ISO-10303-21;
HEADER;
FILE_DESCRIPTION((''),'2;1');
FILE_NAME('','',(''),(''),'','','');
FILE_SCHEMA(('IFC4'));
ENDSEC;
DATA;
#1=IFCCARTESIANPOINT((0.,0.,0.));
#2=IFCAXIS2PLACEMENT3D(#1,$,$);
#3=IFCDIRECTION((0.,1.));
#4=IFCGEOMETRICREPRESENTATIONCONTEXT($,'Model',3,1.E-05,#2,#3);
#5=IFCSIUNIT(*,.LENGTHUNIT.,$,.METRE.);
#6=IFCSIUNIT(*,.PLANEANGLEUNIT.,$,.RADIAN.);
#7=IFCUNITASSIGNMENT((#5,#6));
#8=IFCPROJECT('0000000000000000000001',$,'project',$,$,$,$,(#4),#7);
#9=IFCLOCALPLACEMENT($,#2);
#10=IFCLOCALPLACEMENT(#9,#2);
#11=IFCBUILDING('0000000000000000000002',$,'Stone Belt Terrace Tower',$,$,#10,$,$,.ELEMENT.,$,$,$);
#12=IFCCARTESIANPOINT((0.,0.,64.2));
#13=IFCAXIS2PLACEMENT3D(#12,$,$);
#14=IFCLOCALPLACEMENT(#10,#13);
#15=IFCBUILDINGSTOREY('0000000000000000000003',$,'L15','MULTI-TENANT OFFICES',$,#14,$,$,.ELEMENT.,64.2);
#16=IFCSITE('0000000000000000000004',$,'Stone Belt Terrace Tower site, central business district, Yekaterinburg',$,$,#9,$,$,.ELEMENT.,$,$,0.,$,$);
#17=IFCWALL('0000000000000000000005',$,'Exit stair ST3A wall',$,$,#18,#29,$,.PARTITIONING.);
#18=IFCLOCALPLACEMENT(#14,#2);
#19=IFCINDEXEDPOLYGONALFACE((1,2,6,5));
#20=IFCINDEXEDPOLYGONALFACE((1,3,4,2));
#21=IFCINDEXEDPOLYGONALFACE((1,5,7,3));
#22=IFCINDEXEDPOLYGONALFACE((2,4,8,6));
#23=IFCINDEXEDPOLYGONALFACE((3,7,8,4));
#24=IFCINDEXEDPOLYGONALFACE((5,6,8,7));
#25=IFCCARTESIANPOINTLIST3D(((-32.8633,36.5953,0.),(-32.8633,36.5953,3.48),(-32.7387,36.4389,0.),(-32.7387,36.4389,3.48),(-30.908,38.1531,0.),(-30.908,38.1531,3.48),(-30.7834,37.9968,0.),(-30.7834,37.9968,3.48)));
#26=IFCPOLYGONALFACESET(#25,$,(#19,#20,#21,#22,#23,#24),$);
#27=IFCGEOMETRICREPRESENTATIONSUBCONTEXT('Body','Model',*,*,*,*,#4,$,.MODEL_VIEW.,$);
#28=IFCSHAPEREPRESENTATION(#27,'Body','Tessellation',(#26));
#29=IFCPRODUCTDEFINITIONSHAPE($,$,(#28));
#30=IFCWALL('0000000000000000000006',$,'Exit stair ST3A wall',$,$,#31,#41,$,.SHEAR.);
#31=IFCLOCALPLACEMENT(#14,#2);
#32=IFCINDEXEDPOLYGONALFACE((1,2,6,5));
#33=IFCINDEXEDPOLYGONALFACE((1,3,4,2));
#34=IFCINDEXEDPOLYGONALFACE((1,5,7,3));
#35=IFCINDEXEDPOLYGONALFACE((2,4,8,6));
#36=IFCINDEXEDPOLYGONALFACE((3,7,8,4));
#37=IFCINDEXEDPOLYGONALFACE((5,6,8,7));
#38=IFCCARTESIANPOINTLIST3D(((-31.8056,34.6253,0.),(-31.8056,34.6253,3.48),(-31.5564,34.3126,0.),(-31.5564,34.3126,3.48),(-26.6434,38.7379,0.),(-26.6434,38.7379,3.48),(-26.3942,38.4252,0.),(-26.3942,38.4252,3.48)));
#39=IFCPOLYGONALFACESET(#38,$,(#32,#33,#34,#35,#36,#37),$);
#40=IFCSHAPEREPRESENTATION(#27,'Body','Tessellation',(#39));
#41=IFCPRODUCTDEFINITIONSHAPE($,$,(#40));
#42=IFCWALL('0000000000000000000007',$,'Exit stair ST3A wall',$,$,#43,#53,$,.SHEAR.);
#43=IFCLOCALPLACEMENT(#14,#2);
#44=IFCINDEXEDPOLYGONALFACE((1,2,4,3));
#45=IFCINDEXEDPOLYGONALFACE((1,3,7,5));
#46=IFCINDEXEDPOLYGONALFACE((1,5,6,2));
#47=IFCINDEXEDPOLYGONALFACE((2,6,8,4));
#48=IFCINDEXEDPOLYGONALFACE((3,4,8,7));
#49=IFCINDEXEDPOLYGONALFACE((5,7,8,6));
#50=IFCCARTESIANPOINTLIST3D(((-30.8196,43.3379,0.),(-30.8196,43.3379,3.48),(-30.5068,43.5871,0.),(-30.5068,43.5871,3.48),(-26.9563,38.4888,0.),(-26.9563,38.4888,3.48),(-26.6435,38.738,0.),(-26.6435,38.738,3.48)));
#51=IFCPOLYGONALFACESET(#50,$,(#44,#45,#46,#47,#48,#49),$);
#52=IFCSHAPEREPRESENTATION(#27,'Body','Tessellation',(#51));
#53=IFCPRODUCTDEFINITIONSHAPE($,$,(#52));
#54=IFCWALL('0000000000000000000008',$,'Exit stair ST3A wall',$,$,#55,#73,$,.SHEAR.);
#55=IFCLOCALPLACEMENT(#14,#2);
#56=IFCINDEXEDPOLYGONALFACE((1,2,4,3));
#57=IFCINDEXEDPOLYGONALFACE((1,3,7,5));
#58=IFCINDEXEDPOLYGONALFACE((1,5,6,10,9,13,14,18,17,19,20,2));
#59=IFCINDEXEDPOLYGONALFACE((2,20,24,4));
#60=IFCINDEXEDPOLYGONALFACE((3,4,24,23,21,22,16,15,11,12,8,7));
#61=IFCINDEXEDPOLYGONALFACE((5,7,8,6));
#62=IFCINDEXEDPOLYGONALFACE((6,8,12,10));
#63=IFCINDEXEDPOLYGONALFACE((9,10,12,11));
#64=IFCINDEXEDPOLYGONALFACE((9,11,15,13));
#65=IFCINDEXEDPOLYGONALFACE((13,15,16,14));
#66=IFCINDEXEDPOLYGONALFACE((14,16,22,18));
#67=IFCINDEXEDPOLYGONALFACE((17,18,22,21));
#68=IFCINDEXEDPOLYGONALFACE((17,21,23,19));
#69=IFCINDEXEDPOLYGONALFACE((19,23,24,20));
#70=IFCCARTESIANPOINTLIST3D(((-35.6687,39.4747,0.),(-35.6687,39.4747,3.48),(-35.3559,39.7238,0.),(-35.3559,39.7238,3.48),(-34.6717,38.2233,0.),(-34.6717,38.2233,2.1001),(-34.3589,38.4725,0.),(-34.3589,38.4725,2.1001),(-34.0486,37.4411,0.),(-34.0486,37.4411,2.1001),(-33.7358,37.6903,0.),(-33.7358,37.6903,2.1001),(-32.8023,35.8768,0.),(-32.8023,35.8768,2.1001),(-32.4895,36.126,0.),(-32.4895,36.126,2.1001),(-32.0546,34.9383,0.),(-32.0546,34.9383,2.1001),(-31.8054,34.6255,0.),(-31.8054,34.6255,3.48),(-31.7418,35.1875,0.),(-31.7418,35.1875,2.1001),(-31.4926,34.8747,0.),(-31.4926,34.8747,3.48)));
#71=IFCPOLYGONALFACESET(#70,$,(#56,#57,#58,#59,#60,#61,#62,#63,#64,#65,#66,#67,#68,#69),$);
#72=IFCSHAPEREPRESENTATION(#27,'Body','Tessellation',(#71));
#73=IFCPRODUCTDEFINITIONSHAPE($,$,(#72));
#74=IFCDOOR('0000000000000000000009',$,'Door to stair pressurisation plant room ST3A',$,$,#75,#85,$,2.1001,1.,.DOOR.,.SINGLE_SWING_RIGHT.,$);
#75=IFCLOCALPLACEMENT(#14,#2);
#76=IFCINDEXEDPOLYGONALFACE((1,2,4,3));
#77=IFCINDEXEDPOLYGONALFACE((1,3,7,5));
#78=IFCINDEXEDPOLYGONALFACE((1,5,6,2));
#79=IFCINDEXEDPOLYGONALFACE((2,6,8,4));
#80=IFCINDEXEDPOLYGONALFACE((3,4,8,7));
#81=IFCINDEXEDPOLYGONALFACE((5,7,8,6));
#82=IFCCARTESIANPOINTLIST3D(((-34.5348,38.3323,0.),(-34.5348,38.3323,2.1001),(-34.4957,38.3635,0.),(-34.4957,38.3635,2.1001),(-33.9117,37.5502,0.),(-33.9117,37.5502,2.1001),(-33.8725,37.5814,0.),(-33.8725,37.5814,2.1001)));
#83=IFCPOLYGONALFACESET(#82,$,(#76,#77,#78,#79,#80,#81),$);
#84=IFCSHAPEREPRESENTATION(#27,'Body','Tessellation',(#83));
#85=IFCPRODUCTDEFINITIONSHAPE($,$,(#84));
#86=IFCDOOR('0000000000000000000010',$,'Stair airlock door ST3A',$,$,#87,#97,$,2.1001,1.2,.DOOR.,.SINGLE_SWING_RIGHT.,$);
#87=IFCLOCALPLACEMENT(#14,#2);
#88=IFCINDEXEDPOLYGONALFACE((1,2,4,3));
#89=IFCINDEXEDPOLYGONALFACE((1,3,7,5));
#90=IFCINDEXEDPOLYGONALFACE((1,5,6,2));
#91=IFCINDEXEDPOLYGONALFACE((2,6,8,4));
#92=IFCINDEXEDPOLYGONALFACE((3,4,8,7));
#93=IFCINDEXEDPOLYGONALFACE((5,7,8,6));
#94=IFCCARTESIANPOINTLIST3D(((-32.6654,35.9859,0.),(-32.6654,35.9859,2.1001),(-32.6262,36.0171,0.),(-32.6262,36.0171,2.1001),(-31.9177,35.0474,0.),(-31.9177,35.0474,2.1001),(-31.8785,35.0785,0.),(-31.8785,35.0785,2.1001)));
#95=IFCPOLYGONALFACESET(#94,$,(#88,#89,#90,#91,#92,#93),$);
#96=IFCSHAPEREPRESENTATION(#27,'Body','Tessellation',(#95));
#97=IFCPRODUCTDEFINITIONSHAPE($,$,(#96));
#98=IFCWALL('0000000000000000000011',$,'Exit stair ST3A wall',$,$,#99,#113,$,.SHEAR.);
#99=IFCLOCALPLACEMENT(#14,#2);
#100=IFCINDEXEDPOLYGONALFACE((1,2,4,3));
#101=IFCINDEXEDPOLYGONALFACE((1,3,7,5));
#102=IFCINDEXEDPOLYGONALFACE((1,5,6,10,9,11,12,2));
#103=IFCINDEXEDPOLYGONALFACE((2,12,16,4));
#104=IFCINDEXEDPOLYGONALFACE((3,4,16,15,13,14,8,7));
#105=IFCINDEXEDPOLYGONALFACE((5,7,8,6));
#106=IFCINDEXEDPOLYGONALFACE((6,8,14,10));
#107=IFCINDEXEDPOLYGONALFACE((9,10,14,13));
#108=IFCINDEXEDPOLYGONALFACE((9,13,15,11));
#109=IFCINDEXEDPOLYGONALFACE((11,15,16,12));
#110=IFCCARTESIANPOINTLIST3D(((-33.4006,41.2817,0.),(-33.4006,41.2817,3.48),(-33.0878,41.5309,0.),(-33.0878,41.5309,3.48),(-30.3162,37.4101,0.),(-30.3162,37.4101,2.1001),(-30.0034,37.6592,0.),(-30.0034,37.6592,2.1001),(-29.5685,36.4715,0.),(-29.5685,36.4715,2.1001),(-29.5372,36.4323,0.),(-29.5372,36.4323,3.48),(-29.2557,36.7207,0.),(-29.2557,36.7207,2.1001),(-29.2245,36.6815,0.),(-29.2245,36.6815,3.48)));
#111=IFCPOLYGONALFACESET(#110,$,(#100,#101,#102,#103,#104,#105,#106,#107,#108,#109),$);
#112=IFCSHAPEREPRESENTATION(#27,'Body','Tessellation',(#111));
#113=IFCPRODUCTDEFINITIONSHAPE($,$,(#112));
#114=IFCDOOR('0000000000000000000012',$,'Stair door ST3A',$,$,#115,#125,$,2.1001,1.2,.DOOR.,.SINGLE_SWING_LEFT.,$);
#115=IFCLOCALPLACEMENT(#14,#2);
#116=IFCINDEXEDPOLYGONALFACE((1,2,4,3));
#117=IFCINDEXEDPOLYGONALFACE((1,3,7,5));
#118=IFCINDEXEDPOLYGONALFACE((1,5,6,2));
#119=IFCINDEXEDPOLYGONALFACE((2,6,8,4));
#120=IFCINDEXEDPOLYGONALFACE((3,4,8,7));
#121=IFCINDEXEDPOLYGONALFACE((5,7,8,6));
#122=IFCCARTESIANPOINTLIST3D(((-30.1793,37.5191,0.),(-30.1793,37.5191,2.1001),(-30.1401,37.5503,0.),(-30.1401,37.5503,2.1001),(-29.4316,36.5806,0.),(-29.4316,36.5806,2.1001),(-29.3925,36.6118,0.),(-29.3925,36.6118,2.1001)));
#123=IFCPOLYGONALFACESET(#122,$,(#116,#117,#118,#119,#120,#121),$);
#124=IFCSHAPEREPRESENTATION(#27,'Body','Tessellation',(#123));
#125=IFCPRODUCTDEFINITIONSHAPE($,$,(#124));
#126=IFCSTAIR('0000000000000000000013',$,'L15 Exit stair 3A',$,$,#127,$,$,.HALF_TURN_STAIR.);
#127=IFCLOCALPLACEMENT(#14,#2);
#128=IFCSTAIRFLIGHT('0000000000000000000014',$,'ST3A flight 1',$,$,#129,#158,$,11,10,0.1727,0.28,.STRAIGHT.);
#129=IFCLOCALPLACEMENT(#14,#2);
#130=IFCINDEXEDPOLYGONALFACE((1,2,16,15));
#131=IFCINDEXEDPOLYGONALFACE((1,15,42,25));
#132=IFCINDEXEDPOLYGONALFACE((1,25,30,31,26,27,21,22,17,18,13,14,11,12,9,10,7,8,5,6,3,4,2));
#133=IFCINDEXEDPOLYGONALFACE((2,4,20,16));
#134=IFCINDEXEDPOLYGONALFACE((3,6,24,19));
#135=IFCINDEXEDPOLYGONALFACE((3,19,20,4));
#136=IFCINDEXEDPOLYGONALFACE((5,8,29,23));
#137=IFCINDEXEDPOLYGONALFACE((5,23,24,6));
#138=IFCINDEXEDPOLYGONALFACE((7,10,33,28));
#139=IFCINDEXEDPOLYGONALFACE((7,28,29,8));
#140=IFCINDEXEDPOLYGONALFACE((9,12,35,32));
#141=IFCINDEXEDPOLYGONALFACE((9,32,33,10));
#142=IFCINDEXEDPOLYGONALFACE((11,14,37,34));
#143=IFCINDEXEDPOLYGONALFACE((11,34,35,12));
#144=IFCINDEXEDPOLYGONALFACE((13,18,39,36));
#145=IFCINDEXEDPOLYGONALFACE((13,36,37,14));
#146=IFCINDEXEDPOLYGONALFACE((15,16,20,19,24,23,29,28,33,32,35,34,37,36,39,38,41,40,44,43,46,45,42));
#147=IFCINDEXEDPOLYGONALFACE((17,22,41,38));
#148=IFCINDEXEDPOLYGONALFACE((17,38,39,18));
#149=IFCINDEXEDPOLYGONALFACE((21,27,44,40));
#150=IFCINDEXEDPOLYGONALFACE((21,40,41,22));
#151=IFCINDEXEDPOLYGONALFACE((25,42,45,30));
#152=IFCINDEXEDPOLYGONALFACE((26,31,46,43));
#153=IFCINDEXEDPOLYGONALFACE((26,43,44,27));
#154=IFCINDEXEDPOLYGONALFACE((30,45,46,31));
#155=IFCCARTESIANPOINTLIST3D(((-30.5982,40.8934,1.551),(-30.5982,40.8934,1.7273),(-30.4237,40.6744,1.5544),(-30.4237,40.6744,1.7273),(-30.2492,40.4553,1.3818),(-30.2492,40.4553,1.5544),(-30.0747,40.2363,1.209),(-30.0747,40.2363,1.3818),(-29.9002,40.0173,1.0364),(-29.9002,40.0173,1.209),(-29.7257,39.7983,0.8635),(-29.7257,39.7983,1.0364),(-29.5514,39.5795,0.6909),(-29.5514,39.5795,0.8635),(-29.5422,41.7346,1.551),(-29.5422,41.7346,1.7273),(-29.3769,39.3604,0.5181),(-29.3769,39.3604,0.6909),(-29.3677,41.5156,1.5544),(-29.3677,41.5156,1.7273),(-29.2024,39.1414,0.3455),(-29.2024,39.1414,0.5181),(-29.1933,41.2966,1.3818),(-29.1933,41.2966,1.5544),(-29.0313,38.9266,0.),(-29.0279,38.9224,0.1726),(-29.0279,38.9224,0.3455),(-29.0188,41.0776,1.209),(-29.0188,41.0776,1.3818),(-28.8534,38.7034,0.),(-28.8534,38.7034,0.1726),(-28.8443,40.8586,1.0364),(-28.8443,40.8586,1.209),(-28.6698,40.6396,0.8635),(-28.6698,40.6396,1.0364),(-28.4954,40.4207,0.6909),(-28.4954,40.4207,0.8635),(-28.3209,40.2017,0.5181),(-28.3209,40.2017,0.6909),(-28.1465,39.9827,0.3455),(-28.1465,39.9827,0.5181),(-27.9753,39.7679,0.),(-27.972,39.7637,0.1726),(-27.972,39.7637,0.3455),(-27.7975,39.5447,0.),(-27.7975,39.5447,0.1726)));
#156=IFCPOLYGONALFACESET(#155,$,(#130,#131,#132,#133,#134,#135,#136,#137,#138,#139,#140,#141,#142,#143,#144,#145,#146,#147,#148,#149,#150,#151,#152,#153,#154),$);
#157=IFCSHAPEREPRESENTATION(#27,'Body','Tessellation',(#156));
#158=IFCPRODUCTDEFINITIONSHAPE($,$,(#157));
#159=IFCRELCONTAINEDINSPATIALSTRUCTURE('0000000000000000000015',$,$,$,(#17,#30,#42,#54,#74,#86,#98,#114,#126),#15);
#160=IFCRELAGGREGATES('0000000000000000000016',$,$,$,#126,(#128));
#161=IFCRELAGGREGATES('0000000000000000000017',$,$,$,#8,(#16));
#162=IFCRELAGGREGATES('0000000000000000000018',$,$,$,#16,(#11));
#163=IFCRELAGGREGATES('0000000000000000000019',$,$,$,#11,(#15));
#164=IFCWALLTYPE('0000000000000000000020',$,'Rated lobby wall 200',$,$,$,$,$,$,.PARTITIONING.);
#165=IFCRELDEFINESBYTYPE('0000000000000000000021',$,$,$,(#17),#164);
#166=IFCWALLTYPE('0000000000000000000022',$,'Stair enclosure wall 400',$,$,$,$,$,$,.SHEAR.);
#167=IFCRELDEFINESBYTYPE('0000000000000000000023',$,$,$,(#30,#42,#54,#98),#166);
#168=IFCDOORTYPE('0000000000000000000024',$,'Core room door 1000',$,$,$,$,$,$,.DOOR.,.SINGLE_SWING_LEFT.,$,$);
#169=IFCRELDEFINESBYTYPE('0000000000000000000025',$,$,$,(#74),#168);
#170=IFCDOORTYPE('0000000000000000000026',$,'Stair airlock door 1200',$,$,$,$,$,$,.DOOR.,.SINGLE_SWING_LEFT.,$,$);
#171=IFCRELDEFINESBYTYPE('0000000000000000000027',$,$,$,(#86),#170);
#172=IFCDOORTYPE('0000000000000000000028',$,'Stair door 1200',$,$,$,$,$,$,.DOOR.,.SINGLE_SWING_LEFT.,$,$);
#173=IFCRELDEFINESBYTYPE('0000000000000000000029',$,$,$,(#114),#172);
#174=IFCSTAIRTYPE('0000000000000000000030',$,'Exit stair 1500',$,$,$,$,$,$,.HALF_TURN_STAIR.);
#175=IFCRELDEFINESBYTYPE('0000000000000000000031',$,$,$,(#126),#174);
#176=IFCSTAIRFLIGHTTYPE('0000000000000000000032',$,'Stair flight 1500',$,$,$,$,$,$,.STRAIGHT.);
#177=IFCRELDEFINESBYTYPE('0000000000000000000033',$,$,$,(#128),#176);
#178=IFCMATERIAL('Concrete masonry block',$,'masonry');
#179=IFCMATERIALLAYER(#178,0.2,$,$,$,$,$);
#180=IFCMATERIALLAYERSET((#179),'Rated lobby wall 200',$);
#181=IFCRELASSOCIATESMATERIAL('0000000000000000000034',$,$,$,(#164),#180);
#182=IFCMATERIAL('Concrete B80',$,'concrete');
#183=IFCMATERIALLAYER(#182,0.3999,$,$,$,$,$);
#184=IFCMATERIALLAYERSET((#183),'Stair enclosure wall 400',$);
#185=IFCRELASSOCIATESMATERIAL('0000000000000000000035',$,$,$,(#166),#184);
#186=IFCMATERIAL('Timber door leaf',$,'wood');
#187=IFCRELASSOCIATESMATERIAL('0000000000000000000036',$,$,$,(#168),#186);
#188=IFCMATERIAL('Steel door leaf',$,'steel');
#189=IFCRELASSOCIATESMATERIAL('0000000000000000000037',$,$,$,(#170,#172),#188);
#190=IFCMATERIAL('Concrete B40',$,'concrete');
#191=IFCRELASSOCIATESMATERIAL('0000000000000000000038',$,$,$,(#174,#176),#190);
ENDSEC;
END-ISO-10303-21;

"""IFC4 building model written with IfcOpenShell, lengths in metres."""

from ifc_helpers import new_model, si_unit, direction, frame, frame_2d, origin, place, context, subcontext, project, spatial, polyline, rectangle, outline, extrude, material, layer, layer_set, type_object, element, fill, aggregate, save


model = new_model("IFC4")

# Units and contexts
model_context = context("Model", 3, precision=1e-05, world=origin(), true_north=direction((0.0, 1.0)))
body_context = subcontext(model_context, "Body", "Model", "MODEL_VIEW")
ifc_project = project(units=[si_unit("LENGTHUNIT", "METRE"), si_unit("PLANEANGLEUNIT", "RADIAN")], contexts=[model_context])

# Site, building, storey
site_placement = place(None, origin())
site = spatial("IfcSite", under=ifc_project, at=site_placement, Name="Stone Belt Terrace Tower site, central business district, Yekaterinburg", CompositionType="ELEMENT", RefElevation=0.0)
building_placement = place(site_placement, origin())
building = spatial("IfcBuilding", under=site, at=building_placement, Name="Stone Belt Terrace Tower", CompositionType="ELEMENT")
storey_placement = place(building_placement, frame((0.0, 0.0, 64.2)))
storey = spatial("IfcBuildingStorey", under=building, at=storey_placement, Name="L15", Description="MULTI-TENANT OFFICES", CompositionType="ELEMENT", Elevation=64.2)

# Shared definitions
ifc_material_1 = material(Name="Concrete B80", Category="concrete")

# Shared definitions
ifc_material_2 = material(Name="Concrete B40", Category="concrete")

# Walls
ifc_material_3 = material(Name="Concrete masonry block", Category="masonry")
ifc_layer_1 = layer(ifc_material_3, 0.2)
ifc_layer_set_1 = layer_set([ifc_layer_1], Name="Rated lobby wall 200")
wall_type_1 = type_object("IfcWallType", Name="Rated lobby wall 200", PredefinedType="PARTITIONING", material=ifc_layer_set_1)
wall_1_placement = place(storey_placement, frame((-30.8457, 38.075, 0.0), z_axis=(0.0, 0.0, 1.0), x_axis=(-0.782115, -0.623134, 0.0)))
element("IfcWall", 1, at=wall_1_placement, inside=storey, type_object=wall_type_1, Name="Exit stair ST3A wall", PredefinedType="PARTITIONING", context=body_context, shape_type="SweptSolid", body=[
    extrude(rectangle(XDim=2.5, YDim=0.2, at=frame_2d((1.25, 0.0))), origin(), (0.0, 0.0, 1.0), 3.48),
])
ifc_layer_2 = layer(ifc_material_1, 0.3999)
ifc_layer_set_2 = layer_set([ifc_layer_2], Name="Stair enclosure wall 400")
wall_type_2 = type_object("IfcWallType", Name="Stair enclosure wall 400", PredefinedType="SHEAR", material=ifc_layer_set_2)
wall_2_placement = place(storey_placement, frame((-26.5188, 38.5815, 0.0), z_axis=(0.0, 0.0, 1.0), x_axis=(-0.782134, -0.62311, 0.0)))
element("IfcWall", 2, at=wall_2_placement, inside=storey, type_object=wall_type_2, Name="Exit stair ST3A wall", PredefinedType="SHEAR", context=body_context, shape_type="SweptSolid", body=[
    extrude(rectangle(XDim=6.6001, YDim=0.3999, at=frame_2d((3.3, 0.0))), origin(), (0.0, 0.0, 1.0), 3.48),
])
wall_3_placement = place(storey_placement, frame((-26.7998, 38.6133, 0.0), z_axis=(0.0, 0.0, 1.0), x_axis=(-0.623119, 0.782127, 0.0)))
element("IfcWall", 3, at=wall_3_placement, inside=storey, type_object=wall_type_2, Name="Exit stair ST3A wall", PredefinedType="SHEAR", context=body_context, shape_type="SweptSolid", body=[
    extrude(rectangle(XDim=6.2, YDim=0.3999, at=frame_2d((3.1001, 0.0))), origin(), (0.0, 0.0, 1.0), 3.48),
])

# Wall, openings, doors
wall_4_placement = place(storey_placement, frame((-31.6489, 34.75, 0.0), z_axis=(0.0, 0.0, 1.0), x_axis=(-0.623119, 0.782127, 0.0)))
wall_4 = element("IfcWall", 4, at=wall_4_placement, inside=storey, type_object=wall_type_2, Name="Exit stair ST3A wall", PredefinedType="SHEAR", context=body_context, shape_type="SweptSolid", body=[
    extrude(rectangle(XDim=6.2, YDim=0.3999, at=frame_2d((3.1001, 0.0))), origin(), (0.0, 0.0, 1.0), 3.48),
])
opening_1_placement = place(wall_4_placement, frame((0.3999, 0.0, 0.0)))
opening_1 = element("IfcOpeningElement", 5, at=opening_1_placement, cuts=wall_4, PredefinedType="OPENING", context=body_context, shape_type="SweptSolid", body=[
    extrude(rectangle(XDim=1.2, YDim=2.1001, at=frame_2d((0.6001, 1.05))), frame((0.0, 0.21, 0.0), z_axis=(0.0, -1.0, 0.0), x_axis=(1.0, 0.0, 0.0)), (0.0, 0.0, 1.0), 0.4199),
])
opening_2_placement = place(wall_4_placement, frame((3.6001, 0.0, 0.0)))
opening_2 = element("IfcOpeningElement", 6, at=opening_2_placement, cuts=wall_4, PredefinedType="OPENING", context=body_context, shape_type="SweptSolid", body=[
    extrude(rectangle(XDim=1.0, YDim=2.1001, at=frame_2d((0.5, 1.05))), frame((0.0, 0.21, 0.0), z_axis=(0.0, -1.0, 0.0), x_axis=(1.0, 0.0, 0.0)), (0.0, 0.0, 1.0), 0.4199),
])
ifc_material_4 = material(Name="Timber door leaf", Category="wood")
door_type_1 = type_object("IfcDoorType", Name="Core room door 1000", OperationType="SINGLE_SWING_LEFT", PredefinedType="DOOR", material=ifc_material_4)
door_1_placement = place(opening_2_placement, origin())
door_1 = element("IfcDoor", 7, at=door_1_placement, inside=storey, type_object=door_type_1, Name="Door to stair pressurisation plant room ST3A", OperationType="SINGLE_SWING_RIGHT", OverallHeight=2.1001, OverallWidth=1.0, PredefinedType="DOOR", context=body_context, shape_type="SweptSolid", body=[
    extrude(rectangle(XDim=1.0, YDim=2.1001, at=frame_2d((0.5, 1.05))), frame((0.0, 0.0249, 0.0), z_axis=(0.0, -1.0, 0.0), x_axis=(1.0, 0.0, 0.0)), (0.0, 0.0, 1.0), 0.05),
])
fill(opening_2, door_1)
ifc_material_5 = material(Name="Steel door leaf", Category="steel")
door_type_2 = type_object("IfcDoorType", Name="Stair airlock door 1200", OperationType="SINGLE_SWING_LEFT", PredefinedType="DOOR", material=ifc_material_5)
door_2_placement = place(opening_1_placement, origin())
door_2 = element("IfcDoor", 8, at=door_2_placement, inside=storey, type_object=door_type_2, Name="Stair airlock door ST3A", OperationType="SINGLE_SWING_RIGHT", OverallHeight=2.1001, OverallWidth=1.2, PredefinedType="DOOR", context=body_context, shape_type="SweptSolid", body=[
    extrude(rectangle(XDim=1.2, YDim=2.1001, at=frame_2d((0.6001, 1.05))), frame((0.0, 0.0249, 0.0), z_axis=(0.0, -1.0, 0.0), x_axis=(1.0, 0.0, 0.0)), (0.0, 0.0, 1.0), 0.05),
])
fill(opening_1, door_2)

# Wall, opening, door
wall_5_placement = place(storey_placement, frame((-29.3809, 36.5569, 0.0), z_axis=(0.0, 0.0, 1.0), x_axis=(-0.623099, 0.782143, 0.0)))
wall_5 = element("IfcWall", 9, at=wall_5_placement, inside=storey, type_object=wall_type_2, Name="Exit stair ST3A wall", PredefinedType="SHEAR", context=body_context, shape_type="SweptSolid", body=[
    extrude(rectangle(XDim=6.2002, YDim=0.3999, at=frame_2d((3.1001, 0.0))), origin(), (0.0, 0.0, 1.0), 3.48),
])
opening_3_placement = place(wall_5_placement, frame((0.05, 0.0, 0.0)))
opening_3 = element("IfcOpeningElement", 10, at=opening_3_placement, cuts=wall_5, PredefinedType="OPENING", context=body_context, shape_type="SweptSolid", body=[
    extrude(rectangle(XDim=1.2, YDim=2.1001, at=frame_2d((0.6001, 1.05))), frame((0.0, 0.21, 0.0), z_axis=(0.0, -1.0, 0.0), x_axis=(1.0, 0.0, 0.0)), (0.0, 0.0, 1.0), 0.4199),
])
door_type_3 = type_object("IfcDoorType", Name="Stair door 1200", OperationType="SINGLE_SWING_LEFT", PredefinedType="DOOR", material=ifc_material_5)
door_3_placement = place(opening_3_placement, origin())
door_3 = element("IfcDoor", 11, at=door_3_placement, inside=storey, type_object=door_type_3, Name="Stair door ST3A", OperationType="SINGLE_SWING_LEFT", OverallHeight=2.1001, OverallWidth=1.2, PredefinedType="DOOR", context=body_context, shape_type="SweptSolid", body=[
    extrude(rectangle(XDim=1.2, YDim=2.1001, at=frame_2d((0.6001, 1.05))), frame((0.0, 0.0249, 0.0), z_axis=(0.0, -1.0, 0.0), x_axis=(1.0, 0.0, 0.0)), (0.0, 0.0, 1.0), 0.05),
])
fill(opening_3, door_3)

# Stair, stair flight
stair_type = type_object("IfcStairType", Name="Exit stair 1500", PredefinedType="HALF_TURN_STAIR", material=ifc_material_2)
stair_placement = place(storey_placement, origin())
stair = element("IfcStair", 12, at=stair_placement, inside=storey, type_object=stair_type, Name="L15 Exit stair 3A", PredefinedType="HALF_TURN_STAIR")
stair_flight_type = type_object("IfcStairFlightType", Name="Stair flight 1500", PredefinedType="STRAIGHT", material=ifc_material_2)
stair_flight_1_placement = place(storey_placement, frame((-28.3254, 39.124, 0.0), z_axis=(0.0, 0.0, 1.0), x_axis=(-0.623121, 0.782125, 0.0)))
stair_flight_1 = element("IfcStairFlight", 13, at=stair_flight_1_placement, type_object=stair_flight_type, Name="ST3A flight 1", NumberOfRisers=11, NumberOfTreads=10, PredefinedType="STRAIGHT", RiserHeight=0.1727, TreadLength=0.28, context=body_context, shape_type="SweptSolid", body=[
    extrude(outline(polyline([(0.0, 0.0), (0.0, 0.1726), (0.28, 0.1726), (0.28, 0.3455), (0.5601, 0.3455), (0.5601, 0.5181), (0.8401, 0.5181), (0.8401, 0.6909), (1.1201, 0.6909), (1.1201, 0.8635), (1.3999, 0.8635), (1.3999, 1.0364), (1.6799, 1.0364), (1.6799, 1.209), (1.96, 1.209), (1.96, 1.3818), (2.24, 1.3818), (2.24, 1.5544), (2.52, 1.5544), (2.52, 1.7273), (2.8, 1.7273), (2.8, 1.8999), (2.8, 1.551), (0.2854, 0.0), (0.0, 0.0)])), frame((0.0, 0.675, 0.0), z_axis=(0.0, -1.0, 0.0), x_axis=(1.0, 0.0, 0.0)), (0.0, 0.0, 1.0), 1.3501),
])
aggregate(stair, [stair_flight_1])

save(model, "model.ifc")
